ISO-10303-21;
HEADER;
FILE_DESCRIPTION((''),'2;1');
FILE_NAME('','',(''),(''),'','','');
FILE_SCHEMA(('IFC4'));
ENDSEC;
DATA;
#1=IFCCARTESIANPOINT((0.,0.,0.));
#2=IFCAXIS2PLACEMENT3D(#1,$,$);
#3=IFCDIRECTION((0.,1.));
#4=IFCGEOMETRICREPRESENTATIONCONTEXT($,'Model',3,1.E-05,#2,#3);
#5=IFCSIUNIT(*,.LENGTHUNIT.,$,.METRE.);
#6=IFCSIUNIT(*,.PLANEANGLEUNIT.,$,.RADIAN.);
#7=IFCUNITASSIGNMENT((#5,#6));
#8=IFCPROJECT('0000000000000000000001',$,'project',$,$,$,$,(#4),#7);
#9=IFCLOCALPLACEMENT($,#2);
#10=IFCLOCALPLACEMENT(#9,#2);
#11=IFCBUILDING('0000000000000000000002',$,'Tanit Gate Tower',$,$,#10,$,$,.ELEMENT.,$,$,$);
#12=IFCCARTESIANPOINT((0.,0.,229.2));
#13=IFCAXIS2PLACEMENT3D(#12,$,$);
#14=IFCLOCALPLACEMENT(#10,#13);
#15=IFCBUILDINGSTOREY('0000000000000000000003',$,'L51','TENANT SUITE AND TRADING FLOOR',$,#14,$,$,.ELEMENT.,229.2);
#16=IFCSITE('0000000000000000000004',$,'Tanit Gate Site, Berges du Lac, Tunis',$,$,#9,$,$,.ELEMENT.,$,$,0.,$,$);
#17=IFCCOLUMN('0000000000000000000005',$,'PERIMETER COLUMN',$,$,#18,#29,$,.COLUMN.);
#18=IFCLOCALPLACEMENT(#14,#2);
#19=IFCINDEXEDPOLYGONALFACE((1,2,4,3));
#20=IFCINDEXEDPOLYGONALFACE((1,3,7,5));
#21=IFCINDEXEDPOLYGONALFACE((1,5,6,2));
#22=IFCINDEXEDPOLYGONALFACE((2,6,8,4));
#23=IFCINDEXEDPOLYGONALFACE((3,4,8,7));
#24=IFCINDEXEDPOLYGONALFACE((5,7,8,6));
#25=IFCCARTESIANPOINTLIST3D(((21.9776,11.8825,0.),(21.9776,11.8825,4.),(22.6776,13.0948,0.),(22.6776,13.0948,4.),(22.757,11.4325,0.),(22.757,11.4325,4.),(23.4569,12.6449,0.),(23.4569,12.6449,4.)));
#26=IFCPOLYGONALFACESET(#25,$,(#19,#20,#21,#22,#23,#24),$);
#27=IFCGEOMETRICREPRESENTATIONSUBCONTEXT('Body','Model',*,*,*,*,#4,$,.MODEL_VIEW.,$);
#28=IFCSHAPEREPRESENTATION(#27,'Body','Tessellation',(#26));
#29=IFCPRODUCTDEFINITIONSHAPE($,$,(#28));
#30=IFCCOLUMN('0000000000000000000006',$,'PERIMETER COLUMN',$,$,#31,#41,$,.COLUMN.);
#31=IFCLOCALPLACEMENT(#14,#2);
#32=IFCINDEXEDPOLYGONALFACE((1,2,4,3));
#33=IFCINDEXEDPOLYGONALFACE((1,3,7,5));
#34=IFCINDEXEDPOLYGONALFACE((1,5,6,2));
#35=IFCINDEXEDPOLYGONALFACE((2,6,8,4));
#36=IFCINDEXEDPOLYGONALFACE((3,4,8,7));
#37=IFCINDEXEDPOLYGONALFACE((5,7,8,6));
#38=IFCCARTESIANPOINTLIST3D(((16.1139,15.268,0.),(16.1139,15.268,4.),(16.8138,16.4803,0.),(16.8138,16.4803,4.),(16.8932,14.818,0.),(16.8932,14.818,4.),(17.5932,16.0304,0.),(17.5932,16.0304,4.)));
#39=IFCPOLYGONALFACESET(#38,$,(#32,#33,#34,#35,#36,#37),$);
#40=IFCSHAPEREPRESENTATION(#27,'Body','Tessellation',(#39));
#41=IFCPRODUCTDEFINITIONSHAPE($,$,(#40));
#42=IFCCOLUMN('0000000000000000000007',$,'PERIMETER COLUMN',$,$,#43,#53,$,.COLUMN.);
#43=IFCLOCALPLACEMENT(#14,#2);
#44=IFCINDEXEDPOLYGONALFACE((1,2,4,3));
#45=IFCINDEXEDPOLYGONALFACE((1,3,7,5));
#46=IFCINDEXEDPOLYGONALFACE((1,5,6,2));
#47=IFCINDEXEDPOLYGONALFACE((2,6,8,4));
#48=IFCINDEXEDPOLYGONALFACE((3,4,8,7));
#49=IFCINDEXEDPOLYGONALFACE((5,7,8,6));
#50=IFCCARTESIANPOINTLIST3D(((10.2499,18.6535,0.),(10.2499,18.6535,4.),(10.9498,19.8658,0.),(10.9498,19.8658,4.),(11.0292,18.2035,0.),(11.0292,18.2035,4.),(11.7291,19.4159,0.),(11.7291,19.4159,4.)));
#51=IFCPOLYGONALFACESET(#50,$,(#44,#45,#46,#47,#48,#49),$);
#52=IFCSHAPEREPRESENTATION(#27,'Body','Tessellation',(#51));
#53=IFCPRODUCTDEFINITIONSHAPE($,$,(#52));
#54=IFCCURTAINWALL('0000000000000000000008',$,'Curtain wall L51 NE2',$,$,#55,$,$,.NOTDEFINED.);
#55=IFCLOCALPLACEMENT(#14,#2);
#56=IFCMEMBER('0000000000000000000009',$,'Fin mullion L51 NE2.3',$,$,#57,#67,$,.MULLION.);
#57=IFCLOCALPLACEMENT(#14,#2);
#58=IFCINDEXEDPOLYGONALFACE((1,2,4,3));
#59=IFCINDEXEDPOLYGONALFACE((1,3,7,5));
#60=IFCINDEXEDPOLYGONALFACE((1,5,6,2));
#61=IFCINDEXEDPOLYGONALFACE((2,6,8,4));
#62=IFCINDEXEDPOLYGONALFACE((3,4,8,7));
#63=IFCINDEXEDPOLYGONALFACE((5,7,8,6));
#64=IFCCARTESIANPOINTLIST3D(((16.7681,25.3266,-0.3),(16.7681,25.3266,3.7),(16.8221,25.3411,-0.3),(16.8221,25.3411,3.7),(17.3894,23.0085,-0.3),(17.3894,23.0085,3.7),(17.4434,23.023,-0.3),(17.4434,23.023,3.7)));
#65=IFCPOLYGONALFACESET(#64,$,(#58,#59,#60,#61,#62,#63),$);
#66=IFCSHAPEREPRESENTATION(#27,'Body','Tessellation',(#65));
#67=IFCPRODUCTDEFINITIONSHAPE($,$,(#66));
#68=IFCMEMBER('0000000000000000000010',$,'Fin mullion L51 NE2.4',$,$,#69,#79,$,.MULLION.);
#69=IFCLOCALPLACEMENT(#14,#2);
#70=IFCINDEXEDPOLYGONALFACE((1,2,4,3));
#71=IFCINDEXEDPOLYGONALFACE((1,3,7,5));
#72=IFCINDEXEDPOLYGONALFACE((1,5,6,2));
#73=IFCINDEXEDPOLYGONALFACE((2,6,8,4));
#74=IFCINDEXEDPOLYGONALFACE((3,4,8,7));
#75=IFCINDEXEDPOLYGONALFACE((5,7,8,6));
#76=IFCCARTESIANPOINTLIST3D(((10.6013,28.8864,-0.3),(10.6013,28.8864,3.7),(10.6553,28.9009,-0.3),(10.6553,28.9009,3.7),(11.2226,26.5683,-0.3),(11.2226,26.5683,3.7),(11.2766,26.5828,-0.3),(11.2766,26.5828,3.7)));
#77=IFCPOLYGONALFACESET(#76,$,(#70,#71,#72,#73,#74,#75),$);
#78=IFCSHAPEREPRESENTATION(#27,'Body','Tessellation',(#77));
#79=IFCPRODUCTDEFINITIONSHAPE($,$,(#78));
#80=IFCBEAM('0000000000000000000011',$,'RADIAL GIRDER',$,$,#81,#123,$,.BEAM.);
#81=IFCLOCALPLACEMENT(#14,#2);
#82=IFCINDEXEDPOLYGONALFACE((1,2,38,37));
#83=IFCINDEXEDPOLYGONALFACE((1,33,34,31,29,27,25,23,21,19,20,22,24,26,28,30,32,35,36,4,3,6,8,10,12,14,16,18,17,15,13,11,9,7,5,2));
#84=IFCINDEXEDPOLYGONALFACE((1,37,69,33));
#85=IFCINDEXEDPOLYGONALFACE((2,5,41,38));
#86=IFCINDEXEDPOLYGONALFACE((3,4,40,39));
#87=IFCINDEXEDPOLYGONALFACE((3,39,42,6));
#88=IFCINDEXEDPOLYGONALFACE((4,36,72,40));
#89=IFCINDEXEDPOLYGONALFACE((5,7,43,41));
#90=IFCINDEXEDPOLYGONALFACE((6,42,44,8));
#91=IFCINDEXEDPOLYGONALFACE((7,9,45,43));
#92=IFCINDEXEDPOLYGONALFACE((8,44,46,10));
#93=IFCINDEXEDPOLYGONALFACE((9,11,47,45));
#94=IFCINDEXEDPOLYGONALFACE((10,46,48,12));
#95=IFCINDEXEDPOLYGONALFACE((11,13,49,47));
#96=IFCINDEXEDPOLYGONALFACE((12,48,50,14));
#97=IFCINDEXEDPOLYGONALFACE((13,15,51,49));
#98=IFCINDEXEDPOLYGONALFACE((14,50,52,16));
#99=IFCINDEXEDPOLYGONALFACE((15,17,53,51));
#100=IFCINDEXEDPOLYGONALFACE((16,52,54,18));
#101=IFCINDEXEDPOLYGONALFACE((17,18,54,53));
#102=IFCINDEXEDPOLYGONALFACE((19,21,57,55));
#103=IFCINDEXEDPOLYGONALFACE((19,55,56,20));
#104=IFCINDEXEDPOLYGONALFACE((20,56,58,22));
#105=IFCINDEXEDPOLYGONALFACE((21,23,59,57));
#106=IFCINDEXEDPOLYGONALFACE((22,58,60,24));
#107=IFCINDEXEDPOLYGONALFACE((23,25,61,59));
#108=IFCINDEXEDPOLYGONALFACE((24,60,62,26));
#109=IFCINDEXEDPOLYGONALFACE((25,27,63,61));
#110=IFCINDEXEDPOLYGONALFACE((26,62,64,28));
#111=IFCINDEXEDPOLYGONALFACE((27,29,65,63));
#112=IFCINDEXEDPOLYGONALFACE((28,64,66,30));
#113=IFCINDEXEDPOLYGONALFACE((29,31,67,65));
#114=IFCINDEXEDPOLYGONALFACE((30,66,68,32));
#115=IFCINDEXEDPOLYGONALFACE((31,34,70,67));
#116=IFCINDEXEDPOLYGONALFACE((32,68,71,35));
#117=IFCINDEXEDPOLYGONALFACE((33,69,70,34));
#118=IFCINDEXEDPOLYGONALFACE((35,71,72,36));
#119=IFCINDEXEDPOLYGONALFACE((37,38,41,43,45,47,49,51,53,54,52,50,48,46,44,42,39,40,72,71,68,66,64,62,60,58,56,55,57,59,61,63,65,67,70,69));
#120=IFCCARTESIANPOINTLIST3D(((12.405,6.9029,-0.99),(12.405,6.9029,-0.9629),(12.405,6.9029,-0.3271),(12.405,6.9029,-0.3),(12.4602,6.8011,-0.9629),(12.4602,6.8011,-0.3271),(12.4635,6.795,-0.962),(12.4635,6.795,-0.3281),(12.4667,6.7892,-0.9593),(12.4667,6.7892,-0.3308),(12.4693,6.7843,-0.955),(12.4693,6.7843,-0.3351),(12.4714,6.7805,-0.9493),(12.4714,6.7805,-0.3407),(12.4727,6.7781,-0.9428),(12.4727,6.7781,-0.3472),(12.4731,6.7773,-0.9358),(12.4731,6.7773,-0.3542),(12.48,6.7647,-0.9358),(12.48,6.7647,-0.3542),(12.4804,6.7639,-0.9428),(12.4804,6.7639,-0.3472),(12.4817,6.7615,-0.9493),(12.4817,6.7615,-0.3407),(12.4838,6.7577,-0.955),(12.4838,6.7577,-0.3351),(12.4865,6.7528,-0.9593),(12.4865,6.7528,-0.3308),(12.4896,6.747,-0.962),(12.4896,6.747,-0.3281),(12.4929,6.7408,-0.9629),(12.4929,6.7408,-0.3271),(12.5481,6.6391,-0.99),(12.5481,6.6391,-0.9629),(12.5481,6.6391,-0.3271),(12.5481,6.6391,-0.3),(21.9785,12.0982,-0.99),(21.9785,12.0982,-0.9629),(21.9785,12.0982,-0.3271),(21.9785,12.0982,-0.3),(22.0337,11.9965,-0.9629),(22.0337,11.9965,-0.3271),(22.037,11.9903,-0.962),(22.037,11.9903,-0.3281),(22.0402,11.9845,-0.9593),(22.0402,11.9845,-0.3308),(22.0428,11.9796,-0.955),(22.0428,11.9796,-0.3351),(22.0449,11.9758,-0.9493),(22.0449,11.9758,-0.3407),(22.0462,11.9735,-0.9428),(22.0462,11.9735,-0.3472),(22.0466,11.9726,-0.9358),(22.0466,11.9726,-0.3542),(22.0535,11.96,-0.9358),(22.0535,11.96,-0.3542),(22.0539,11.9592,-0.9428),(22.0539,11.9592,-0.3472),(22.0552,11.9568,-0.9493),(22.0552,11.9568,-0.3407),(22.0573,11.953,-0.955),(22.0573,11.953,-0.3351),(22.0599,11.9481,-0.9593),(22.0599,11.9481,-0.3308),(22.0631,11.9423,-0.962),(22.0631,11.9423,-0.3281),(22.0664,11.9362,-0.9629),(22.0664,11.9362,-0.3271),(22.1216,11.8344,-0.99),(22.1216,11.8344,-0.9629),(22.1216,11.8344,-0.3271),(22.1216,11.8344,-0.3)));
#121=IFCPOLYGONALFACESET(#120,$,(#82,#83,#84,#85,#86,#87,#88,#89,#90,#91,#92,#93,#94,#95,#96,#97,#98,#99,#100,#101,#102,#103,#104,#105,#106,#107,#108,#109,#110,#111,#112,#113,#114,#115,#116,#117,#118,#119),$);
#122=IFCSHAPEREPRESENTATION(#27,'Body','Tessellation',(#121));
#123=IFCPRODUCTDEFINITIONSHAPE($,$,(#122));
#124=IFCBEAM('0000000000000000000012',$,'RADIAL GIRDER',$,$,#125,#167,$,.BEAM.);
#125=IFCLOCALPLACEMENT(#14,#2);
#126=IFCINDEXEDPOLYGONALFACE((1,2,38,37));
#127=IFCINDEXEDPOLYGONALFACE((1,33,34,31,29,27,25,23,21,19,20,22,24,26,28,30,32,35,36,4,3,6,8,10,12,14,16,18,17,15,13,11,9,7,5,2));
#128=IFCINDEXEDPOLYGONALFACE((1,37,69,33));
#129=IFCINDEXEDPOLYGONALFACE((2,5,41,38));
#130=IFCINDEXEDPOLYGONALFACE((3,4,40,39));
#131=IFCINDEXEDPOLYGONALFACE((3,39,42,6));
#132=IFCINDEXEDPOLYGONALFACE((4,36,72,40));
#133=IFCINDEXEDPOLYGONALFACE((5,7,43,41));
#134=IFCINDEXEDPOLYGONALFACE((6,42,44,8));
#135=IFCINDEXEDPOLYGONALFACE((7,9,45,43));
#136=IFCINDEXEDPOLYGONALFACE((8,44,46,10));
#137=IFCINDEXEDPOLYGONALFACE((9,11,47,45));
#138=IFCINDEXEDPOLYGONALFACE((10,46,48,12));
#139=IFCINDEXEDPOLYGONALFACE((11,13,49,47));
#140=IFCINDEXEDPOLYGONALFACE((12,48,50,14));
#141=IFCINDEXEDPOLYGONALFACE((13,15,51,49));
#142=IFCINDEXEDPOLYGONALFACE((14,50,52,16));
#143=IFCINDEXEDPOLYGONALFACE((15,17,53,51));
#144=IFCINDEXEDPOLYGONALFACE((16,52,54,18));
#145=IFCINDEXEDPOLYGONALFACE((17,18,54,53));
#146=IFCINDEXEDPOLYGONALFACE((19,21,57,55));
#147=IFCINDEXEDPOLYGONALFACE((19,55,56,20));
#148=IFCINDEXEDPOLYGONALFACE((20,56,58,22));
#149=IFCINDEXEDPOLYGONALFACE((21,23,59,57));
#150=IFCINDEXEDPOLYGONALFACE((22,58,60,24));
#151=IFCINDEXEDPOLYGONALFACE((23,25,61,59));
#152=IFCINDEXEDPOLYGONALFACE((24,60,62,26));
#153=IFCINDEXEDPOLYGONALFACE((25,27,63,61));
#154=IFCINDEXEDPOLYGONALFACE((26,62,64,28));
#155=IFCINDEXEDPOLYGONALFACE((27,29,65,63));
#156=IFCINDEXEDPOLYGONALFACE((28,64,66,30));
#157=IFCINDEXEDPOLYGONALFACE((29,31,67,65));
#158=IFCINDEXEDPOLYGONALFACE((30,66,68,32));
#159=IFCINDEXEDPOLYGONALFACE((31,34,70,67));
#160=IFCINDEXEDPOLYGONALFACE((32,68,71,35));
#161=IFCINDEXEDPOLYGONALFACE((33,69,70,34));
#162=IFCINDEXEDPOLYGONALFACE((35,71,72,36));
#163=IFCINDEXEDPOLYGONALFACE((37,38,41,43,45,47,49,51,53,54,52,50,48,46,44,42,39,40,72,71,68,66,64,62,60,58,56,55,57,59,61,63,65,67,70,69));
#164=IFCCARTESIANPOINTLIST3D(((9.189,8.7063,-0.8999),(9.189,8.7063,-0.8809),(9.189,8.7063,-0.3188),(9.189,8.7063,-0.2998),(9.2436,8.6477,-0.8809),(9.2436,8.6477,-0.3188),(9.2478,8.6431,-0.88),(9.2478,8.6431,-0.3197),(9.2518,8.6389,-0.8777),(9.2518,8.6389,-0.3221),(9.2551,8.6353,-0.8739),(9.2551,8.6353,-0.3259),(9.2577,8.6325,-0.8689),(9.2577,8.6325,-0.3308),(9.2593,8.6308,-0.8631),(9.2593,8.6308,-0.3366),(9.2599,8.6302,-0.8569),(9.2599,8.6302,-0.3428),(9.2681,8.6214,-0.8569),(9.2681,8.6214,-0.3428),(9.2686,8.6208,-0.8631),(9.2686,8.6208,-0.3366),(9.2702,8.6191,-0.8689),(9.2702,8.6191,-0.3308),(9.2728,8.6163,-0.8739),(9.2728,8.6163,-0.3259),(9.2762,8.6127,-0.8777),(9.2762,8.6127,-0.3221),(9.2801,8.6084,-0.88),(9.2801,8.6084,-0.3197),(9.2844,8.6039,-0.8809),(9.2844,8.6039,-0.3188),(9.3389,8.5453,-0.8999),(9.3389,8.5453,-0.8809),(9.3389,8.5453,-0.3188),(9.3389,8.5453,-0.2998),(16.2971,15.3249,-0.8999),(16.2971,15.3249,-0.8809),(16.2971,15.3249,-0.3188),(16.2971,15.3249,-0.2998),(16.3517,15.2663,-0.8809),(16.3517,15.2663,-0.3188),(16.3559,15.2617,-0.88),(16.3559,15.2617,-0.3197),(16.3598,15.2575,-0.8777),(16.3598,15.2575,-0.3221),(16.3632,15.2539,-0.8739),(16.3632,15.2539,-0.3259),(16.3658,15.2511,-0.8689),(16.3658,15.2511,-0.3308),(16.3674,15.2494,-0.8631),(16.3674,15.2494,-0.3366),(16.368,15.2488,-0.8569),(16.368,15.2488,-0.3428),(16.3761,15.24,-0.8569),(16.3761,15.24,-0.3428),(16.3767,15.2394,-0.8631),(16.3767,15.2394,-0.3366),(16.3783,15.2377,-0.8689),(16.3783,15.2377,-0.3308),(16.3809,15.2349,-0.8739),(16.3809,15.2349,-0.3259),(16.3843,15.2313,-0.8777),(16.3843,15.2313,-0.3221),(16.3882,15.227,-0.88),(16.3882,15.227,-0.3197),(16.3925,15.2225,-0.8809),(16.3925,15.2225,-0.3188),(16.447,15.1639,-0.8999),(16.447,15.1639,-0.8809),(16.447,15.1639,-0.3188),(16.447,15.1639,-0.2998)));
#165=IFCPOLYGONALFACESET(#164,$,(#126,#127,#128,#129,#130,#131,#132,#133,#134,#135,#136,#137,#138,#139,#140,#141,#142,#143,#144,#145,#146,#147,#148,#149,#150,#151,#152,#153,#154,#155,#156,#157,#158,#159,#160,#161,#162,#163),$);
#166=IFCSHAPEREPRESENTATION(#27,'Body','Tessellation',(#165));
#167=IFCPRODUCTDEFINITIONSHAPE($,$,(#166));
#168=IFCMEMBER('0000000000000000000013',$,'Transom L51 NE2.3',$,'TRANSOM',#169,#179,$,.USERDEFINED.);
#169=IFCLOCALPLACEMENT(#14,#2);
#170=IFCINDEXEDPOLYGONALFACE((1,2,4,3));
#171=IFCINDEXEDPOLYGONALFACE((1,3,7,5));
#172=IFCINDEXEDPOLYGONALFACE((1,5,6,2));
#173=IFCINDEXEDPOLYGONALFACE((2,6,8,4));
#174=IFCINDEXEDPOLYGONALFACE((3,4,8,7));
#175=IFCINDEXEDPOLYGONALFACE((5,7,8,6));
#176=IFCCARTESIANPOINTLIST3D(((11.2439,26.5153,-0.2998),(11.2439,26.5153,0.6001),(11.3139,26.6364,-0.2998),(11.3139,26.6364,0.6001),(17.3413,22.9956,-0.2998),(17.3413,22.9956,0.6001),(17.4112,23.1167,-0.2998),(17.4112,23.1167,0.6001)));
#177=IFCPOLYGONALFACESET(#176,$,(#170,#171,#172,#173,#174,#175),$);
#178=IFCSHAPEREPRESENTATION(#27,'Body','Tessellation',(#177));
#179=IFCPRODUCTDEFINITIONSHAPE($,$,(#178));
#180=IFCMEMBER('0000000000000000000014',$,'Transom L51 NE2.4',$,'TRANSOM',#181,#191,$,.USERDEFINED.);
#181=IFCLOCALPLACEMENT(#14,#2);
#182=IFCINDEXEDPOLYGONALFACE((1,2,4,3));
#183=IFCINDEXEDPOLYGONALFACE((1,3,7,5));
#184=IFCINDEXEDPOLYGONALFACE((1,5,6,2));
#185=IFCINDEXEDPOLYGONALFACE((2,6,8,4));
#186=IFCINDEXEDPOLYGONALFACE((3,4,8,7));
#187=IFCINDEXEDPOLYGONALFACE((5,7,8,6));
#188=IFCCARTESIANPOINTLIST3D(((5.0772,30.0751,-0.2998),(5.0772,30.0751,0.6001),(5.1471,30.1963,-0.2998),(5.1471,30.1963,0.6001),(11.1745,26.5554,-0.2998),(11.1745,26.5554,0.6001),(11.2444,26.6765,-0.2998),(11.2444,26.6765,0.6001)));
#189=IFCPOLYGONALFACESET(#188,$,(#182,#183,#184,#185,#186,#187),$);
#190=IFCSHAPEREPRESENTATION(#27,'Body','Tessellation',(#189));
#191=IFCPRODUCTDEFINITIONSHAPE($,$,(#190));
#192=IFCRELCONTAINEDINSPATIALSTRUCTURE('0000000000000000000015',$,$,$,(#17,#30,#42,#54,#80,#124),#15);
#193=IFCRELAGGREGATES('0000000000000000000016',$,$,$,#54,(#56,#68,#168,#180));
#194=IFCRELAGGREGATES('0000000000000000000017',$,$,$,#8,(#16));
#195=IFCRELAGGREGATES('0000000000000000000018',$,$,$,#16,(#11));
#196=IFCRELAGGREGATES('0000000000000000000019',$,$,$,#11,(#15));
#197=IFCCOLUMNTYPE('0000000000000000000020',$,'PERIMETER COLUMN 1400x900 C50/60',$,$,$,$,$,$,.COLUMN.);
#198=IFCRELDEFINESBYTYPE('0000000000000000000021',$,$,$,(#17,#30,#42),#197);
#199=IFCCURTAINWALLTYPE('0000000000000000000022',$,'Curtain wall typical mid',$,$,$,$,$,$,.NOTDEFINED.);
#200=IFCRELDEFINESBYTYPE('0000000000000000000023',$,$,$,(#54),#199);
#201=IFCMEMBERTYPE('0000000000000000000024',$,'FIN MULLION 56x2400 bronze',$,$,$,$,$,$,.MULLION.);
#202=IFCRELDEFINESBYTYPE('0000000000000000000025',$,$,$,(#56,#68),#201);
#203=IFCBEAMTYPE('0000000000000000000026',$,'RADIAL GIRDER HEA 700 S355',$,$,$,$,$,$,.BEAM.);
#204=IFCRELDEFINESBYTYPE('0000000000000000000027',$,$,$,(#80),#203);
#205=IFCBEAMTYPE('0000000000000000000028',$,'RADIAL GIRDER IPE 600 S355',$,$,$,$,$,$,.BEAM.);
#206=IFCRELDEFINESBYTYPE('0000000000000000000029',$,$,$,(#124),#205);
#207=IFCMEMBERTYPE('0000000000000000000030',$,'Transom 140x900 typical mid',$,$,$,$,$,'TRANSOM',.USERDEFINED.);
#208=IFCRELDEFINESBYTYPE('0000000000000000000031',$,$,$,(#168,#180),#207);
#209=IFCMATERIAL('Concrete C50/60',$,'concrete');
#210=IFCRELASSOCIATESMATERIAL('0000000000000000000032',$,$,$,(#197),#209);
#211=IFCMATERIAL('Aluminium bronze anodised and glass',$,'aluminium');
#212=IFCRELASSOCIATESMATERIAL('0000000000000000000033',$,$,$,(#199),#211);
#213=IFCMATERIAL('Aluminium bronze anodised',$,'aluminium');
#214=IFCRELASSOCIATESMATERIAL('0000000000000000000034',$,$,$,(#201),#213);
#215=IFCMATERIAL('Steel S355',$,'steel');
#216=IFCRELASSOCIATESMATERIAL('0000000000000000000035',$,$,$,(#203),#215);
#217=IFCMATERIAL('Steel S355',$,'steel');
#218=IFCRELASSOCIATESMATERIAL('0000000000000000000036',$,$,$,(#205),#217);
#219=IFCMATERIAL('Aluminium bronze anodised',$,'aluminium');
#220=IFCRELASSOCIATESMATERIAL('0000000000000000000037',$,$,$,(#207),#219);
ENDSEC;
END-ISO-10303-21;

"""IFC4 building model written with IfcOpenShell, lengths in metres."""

from ifc_helpers import new_model, si_unit, direction, frame, origin, origin_2d, place, context, subcontext, project, spatial, rectangle, i_section, extrude, material, material_profile, profile_set, type_object, element, aggregate, save


model = new_model("IFC4")

# Units and contexts
model_context = context("Model", 3, precision=1e-05, world=origin(), true_north=direction((0.0, 1.0)))
body_context = subcontext(model_context, "Body", "Model", "MODEL_VIEW")
ifc_project = project(units=[si_unit("LENGTHUNIT", "METRE"), si_unit("PLANEANGLEUNIT", "RADIAN")], contexts=[model_context])

# Site, building, storey
site_placement = place(None, origin())
site = spatial("IfcSite", under=ifc_project, at=site_placement, Name="Tanit Gate Site, Berges du Lac, Tunis", CompositionType="ELEMENT", RefElevation=0.0)
building_placement = place(site_placement, origin())
building = spatial("IfcBuilding", under=site, at=building_placement, Name="Tanit Gate Tower", CompositionType="ELEMENT")
storey_placement = place(building_placement, frame((0.0, 0.0, 229.2)))
storey = spatial("IfcBuildingStorey", under=building, at=storey_placement, Name="L51", Description="TENANT SUITE AND TRADING FLOOR", CompositionType="ELEMENT", Elevation=229.2)

# Columns
ifc_material_1 = material(Name="Concrete C50/60", Category="concrete")
ifc_material_profile_1 = material_profile(ifc_material_1, rectangle(XDim=1.3999, YDim=0.8999, at=origin_2d()), Name="RC 1400x900")
ifc_profile_set_1 = profile_set([ifc_material_profile_1], Name="Concrete C50/60")
column_type = type_object("IfcColumnType", Name="PERIMETER COLUMN 1400x900 C50/60", PredefinedType="COLUMN", material=ifc_profile_set_1)
for number, where, z_axis, x_axis, name in (
    (1, (22.7173, 12.2637, 0.0), (0.0, 0.0, 1.0), (0.5, 0.866025, 0.0), "PERIMETER COLUMN"),
    (2, (16.8535, 15.6492, 0.0), (0.0, 0.0, 1.0), (0.5, 0.866025, 0.0), "PERIMETER COLUMN"),
    (3, (10.9895, 19.0347, 0.0), (0.0, 0.0, 1.0), (0.5, 0.866025, 0.0), "PERIMETER COLUMN"),
):
    element("IfcColumn", number, at=place(storey_placement, frame(where, z_axis=z_axis, x_axis=x_axis)), inside=storey, type_object=column_type, Name=name, PredefinedType="COLUMN", context=body_context, shape_type="SweptSolid", body=[
        extrude(rectangle(XDim=1.3999, YDim=0.8999, at=origin_2d()), origin(), (0.0, 0.0, 1.0), 4.0),
    ])

# Curtain wall, members
ifc_material_2 = material(Name="Aluminium bronze anodised and glass", Category="aluminium")
curtain_wall_type = type_object("IfcCurtainWallType", Name="Curtain wall typical mid", PredefinedType="NOTDEFINED", material=ifc_material_2)
curtain_wall_placement = place(storey_placement, origin())
curtain_wall = element("IfcCurtainWall", 4, at=curtain_wall_placement, inside=storey, type_object=curtain_wall_type, Name="Curtain wall L51 NE2", PredefinedType="NOTDEFINED")
ifc_material_3 = material(Name="Aluminium bronze anodised", Category="aluminium")
ifc_material_profile_2 = material_profile(ifc_material_3, rectangle(XDim=2.3999, YDim=0.0559, at=origin_2d()), Name="56x2400 bronze fin mullion")
ifc_profile_set_2 = profile_set([ifc_material_profile_2], Name="Aluminium bronze anodised")
member_type_1 = type_object("IfcMemberType", Name="FIN MULLION 56x2400 bronze", PredefinedType="MULLION", material=ifc_profile_set_2)
member_1_placement = place(storey_placement, frame((17.1057, 24.1748, -0.3), z_axis=(0.0, 0.0, 1.0), x_axis=(0.258886, -0.965908, 0.0)))
member_1 = element("IfcMember", 5, at=member_1_placement, type_object=member_type_1, Name="Fin mullion L51 NE2.3", PredefinedType="MULLION", context=body_context, shape_type="SweptSolid", body=[
    extrude(rectangle(XDim=2.3999, YDim=0.0559, at=origin_2d()), origin(), (0.0, 0.0, 1.0), 4.0),
])
member_2_placement = place(storey_placement, frame((10.939, 27.7346, -0.3), z_axis=(0.0, 0.0, 1.0), x_axis=(0.258886, -0.965908, 0.0)))
member_2 = element("IfcMember", 6, at=member_2_placement, type_object=member_type_1, Name="Fin mullion L51 NE2.4", PredefinedType="MULLION", context=body_context, shape_type="SweptSolid", body=[
    extrude(rectangle(XDim=2.3999, YDim=0.0559, at=origin_2d()), origin(), (0.0, 0.0, 1.0), 4.0),
])

# Beams
ifc_material_4 = material(Name="Steel S355", Category="steel")
ifc_material_profile_3 = material_profile(ifc_material_4, i_section(OverallWidth=0.3, OverallDepth=0.6899, WebThickness=0.0144, FlangeThickness=0.0271, FilletRadius=0.0271, at=origin_2d()), Name="HEA 700")
ifc_profile_set_3 = profile_set([ifc_material_profile_3], Name="Steel S355")
beam_type_1 = type_object("IfcBeamType", Name="RADIAL GIRDER HEA 700 S355", PredefinedType="BEAM", material=ifc_profile_set_3)
beam_1_placement = place(storey_placement, frame((22.05, 11.9663, -0.645), z_axis=(-0.87892, -0.47697, 0.0), x_axis=(0.47697, -0.87892, 0.0)))
element("IfcBeam", 7, at=beam_1_placement, inside=storey, type_object=beam_type_1, Name="RADIAL GIRDER", PredefinedType="BEAM", context=body_context, shape_type="SweptSolid", body=[
    extrude(i_section(OverallWidth=0.3, OverallDepth=0.6899, WebThickness=0.0144, FlangeThickness=0.0271, FilletRadius=0.0271, at=origin_2d()), origin(), (0.0, 0.0, 1.0), 10.8923),
])
ifc_material_5 = material(Name="Steel S355", Category="steel")
ifc_material_profile_4 = material_profile(ifc_material_5, i_section(OverallWidth=0.22, OverallDepth=0.6001, WebThickness=0.012, FlangeThickness=0.019, FilletRadius=0.0239, at=origin_2d()), Name="IPE 600")
ifc_profile_set_4 = profile_set([ifc_material_profile_4], Name="Steel S355")
beam_type_2 = type_object("IfcBeamType", Name="RADIAL GIRDER IPE 600 S355", PredefinedType="BEAM", material=ifc_profile_set_4)
beam_2_placement = place(storey_placement, frame((16.3721, 15.2444, -0.5999), z_axis=(-0.731857, -0.681458, 0.0), x_axis=(0.681458, -0.731857, 0.0)))
element("IfcBeam", 8, at=beam_2_placement, inside=storey, type_object=beam_type_2, Name="RADIAL GIRDER", PredefinedType="BEAM", context=body_context, shape_type="SweptSolid", body=[
    extrude(i_section(OverallWidth=0.22, OverallDepth=0.6001, WebThickness=0.012, FlangeThickness=0.019, FilletRadius=0.0239, at=origin_2d()), origin(), (0.0, 0.0, 1.0), 9.7124),
])

# Members
ifc_material_6 = material(Name="Aluminium bronze anodised", Category="aluminium")
ifc_material_profile_5 = material_profile(ifc_material_6, rectangle(XDim=0.1399, YDim=0.8999, at=origin_2d()), Name="140x900 bronze transom")
ifc_profile_set_5 = profile_set([ifc_material_profile_5], Name="Aluminium bronze anodised")
member_type_2 = type_object("IfcMemberType", Name="Transom 140x900 typical mid", ElementType="TRANSOM", PredefinedType="USERDEFINED", material=ifc_profile_set_5)
member_3_placement = place(storey_placement, frame((17.3762, 23.0562, 0.1501), z_axis=(-0.86606, 0.49994, 0.0), x_axis=(-0.49994, -0.86606, 0.0)))
member_3 = element("IfcMember", 9, at=member_3_placement, type_object=member_type_2, Name="Transom L51 NE2.3", ObjectType="TRANSOM", PredefinedType="USERDEFINED", context=body_context, shape_type="SweptSolid", body=[
    extrude(rectangle(XDim=0.1399, YDim=0.8999, at=origin_2d()), origin(), (0.0, 0.0, 1.0), 7.0403),
])
member_4_placement = place(storey_placement, frame((11.2095, 26.616, 0.1501), z_axis=(-0.86606, 0.49994, 0.0), x_axis=(-0.49994, -0.86606, 0.0)))
member_4 = element("IfcMember", 10, at=member_4_placement, type_object=member_type_2, Name="Transom L51 NE2.4", ObjectType="TRANSOM", PredefinedType="USERDEFINED", context=body_context, shape_type="SweptSolid", body=[
    extrude(rectangle(XDim=0.1399, YDim=0.8999, at=origin_2d()), origin(), (0.0, 0.0, 1.0), 7.0403),
])

aggregate(curtain_wall, [member_1, member_2, member_3, member_4])

save(model, "model.ifc")
